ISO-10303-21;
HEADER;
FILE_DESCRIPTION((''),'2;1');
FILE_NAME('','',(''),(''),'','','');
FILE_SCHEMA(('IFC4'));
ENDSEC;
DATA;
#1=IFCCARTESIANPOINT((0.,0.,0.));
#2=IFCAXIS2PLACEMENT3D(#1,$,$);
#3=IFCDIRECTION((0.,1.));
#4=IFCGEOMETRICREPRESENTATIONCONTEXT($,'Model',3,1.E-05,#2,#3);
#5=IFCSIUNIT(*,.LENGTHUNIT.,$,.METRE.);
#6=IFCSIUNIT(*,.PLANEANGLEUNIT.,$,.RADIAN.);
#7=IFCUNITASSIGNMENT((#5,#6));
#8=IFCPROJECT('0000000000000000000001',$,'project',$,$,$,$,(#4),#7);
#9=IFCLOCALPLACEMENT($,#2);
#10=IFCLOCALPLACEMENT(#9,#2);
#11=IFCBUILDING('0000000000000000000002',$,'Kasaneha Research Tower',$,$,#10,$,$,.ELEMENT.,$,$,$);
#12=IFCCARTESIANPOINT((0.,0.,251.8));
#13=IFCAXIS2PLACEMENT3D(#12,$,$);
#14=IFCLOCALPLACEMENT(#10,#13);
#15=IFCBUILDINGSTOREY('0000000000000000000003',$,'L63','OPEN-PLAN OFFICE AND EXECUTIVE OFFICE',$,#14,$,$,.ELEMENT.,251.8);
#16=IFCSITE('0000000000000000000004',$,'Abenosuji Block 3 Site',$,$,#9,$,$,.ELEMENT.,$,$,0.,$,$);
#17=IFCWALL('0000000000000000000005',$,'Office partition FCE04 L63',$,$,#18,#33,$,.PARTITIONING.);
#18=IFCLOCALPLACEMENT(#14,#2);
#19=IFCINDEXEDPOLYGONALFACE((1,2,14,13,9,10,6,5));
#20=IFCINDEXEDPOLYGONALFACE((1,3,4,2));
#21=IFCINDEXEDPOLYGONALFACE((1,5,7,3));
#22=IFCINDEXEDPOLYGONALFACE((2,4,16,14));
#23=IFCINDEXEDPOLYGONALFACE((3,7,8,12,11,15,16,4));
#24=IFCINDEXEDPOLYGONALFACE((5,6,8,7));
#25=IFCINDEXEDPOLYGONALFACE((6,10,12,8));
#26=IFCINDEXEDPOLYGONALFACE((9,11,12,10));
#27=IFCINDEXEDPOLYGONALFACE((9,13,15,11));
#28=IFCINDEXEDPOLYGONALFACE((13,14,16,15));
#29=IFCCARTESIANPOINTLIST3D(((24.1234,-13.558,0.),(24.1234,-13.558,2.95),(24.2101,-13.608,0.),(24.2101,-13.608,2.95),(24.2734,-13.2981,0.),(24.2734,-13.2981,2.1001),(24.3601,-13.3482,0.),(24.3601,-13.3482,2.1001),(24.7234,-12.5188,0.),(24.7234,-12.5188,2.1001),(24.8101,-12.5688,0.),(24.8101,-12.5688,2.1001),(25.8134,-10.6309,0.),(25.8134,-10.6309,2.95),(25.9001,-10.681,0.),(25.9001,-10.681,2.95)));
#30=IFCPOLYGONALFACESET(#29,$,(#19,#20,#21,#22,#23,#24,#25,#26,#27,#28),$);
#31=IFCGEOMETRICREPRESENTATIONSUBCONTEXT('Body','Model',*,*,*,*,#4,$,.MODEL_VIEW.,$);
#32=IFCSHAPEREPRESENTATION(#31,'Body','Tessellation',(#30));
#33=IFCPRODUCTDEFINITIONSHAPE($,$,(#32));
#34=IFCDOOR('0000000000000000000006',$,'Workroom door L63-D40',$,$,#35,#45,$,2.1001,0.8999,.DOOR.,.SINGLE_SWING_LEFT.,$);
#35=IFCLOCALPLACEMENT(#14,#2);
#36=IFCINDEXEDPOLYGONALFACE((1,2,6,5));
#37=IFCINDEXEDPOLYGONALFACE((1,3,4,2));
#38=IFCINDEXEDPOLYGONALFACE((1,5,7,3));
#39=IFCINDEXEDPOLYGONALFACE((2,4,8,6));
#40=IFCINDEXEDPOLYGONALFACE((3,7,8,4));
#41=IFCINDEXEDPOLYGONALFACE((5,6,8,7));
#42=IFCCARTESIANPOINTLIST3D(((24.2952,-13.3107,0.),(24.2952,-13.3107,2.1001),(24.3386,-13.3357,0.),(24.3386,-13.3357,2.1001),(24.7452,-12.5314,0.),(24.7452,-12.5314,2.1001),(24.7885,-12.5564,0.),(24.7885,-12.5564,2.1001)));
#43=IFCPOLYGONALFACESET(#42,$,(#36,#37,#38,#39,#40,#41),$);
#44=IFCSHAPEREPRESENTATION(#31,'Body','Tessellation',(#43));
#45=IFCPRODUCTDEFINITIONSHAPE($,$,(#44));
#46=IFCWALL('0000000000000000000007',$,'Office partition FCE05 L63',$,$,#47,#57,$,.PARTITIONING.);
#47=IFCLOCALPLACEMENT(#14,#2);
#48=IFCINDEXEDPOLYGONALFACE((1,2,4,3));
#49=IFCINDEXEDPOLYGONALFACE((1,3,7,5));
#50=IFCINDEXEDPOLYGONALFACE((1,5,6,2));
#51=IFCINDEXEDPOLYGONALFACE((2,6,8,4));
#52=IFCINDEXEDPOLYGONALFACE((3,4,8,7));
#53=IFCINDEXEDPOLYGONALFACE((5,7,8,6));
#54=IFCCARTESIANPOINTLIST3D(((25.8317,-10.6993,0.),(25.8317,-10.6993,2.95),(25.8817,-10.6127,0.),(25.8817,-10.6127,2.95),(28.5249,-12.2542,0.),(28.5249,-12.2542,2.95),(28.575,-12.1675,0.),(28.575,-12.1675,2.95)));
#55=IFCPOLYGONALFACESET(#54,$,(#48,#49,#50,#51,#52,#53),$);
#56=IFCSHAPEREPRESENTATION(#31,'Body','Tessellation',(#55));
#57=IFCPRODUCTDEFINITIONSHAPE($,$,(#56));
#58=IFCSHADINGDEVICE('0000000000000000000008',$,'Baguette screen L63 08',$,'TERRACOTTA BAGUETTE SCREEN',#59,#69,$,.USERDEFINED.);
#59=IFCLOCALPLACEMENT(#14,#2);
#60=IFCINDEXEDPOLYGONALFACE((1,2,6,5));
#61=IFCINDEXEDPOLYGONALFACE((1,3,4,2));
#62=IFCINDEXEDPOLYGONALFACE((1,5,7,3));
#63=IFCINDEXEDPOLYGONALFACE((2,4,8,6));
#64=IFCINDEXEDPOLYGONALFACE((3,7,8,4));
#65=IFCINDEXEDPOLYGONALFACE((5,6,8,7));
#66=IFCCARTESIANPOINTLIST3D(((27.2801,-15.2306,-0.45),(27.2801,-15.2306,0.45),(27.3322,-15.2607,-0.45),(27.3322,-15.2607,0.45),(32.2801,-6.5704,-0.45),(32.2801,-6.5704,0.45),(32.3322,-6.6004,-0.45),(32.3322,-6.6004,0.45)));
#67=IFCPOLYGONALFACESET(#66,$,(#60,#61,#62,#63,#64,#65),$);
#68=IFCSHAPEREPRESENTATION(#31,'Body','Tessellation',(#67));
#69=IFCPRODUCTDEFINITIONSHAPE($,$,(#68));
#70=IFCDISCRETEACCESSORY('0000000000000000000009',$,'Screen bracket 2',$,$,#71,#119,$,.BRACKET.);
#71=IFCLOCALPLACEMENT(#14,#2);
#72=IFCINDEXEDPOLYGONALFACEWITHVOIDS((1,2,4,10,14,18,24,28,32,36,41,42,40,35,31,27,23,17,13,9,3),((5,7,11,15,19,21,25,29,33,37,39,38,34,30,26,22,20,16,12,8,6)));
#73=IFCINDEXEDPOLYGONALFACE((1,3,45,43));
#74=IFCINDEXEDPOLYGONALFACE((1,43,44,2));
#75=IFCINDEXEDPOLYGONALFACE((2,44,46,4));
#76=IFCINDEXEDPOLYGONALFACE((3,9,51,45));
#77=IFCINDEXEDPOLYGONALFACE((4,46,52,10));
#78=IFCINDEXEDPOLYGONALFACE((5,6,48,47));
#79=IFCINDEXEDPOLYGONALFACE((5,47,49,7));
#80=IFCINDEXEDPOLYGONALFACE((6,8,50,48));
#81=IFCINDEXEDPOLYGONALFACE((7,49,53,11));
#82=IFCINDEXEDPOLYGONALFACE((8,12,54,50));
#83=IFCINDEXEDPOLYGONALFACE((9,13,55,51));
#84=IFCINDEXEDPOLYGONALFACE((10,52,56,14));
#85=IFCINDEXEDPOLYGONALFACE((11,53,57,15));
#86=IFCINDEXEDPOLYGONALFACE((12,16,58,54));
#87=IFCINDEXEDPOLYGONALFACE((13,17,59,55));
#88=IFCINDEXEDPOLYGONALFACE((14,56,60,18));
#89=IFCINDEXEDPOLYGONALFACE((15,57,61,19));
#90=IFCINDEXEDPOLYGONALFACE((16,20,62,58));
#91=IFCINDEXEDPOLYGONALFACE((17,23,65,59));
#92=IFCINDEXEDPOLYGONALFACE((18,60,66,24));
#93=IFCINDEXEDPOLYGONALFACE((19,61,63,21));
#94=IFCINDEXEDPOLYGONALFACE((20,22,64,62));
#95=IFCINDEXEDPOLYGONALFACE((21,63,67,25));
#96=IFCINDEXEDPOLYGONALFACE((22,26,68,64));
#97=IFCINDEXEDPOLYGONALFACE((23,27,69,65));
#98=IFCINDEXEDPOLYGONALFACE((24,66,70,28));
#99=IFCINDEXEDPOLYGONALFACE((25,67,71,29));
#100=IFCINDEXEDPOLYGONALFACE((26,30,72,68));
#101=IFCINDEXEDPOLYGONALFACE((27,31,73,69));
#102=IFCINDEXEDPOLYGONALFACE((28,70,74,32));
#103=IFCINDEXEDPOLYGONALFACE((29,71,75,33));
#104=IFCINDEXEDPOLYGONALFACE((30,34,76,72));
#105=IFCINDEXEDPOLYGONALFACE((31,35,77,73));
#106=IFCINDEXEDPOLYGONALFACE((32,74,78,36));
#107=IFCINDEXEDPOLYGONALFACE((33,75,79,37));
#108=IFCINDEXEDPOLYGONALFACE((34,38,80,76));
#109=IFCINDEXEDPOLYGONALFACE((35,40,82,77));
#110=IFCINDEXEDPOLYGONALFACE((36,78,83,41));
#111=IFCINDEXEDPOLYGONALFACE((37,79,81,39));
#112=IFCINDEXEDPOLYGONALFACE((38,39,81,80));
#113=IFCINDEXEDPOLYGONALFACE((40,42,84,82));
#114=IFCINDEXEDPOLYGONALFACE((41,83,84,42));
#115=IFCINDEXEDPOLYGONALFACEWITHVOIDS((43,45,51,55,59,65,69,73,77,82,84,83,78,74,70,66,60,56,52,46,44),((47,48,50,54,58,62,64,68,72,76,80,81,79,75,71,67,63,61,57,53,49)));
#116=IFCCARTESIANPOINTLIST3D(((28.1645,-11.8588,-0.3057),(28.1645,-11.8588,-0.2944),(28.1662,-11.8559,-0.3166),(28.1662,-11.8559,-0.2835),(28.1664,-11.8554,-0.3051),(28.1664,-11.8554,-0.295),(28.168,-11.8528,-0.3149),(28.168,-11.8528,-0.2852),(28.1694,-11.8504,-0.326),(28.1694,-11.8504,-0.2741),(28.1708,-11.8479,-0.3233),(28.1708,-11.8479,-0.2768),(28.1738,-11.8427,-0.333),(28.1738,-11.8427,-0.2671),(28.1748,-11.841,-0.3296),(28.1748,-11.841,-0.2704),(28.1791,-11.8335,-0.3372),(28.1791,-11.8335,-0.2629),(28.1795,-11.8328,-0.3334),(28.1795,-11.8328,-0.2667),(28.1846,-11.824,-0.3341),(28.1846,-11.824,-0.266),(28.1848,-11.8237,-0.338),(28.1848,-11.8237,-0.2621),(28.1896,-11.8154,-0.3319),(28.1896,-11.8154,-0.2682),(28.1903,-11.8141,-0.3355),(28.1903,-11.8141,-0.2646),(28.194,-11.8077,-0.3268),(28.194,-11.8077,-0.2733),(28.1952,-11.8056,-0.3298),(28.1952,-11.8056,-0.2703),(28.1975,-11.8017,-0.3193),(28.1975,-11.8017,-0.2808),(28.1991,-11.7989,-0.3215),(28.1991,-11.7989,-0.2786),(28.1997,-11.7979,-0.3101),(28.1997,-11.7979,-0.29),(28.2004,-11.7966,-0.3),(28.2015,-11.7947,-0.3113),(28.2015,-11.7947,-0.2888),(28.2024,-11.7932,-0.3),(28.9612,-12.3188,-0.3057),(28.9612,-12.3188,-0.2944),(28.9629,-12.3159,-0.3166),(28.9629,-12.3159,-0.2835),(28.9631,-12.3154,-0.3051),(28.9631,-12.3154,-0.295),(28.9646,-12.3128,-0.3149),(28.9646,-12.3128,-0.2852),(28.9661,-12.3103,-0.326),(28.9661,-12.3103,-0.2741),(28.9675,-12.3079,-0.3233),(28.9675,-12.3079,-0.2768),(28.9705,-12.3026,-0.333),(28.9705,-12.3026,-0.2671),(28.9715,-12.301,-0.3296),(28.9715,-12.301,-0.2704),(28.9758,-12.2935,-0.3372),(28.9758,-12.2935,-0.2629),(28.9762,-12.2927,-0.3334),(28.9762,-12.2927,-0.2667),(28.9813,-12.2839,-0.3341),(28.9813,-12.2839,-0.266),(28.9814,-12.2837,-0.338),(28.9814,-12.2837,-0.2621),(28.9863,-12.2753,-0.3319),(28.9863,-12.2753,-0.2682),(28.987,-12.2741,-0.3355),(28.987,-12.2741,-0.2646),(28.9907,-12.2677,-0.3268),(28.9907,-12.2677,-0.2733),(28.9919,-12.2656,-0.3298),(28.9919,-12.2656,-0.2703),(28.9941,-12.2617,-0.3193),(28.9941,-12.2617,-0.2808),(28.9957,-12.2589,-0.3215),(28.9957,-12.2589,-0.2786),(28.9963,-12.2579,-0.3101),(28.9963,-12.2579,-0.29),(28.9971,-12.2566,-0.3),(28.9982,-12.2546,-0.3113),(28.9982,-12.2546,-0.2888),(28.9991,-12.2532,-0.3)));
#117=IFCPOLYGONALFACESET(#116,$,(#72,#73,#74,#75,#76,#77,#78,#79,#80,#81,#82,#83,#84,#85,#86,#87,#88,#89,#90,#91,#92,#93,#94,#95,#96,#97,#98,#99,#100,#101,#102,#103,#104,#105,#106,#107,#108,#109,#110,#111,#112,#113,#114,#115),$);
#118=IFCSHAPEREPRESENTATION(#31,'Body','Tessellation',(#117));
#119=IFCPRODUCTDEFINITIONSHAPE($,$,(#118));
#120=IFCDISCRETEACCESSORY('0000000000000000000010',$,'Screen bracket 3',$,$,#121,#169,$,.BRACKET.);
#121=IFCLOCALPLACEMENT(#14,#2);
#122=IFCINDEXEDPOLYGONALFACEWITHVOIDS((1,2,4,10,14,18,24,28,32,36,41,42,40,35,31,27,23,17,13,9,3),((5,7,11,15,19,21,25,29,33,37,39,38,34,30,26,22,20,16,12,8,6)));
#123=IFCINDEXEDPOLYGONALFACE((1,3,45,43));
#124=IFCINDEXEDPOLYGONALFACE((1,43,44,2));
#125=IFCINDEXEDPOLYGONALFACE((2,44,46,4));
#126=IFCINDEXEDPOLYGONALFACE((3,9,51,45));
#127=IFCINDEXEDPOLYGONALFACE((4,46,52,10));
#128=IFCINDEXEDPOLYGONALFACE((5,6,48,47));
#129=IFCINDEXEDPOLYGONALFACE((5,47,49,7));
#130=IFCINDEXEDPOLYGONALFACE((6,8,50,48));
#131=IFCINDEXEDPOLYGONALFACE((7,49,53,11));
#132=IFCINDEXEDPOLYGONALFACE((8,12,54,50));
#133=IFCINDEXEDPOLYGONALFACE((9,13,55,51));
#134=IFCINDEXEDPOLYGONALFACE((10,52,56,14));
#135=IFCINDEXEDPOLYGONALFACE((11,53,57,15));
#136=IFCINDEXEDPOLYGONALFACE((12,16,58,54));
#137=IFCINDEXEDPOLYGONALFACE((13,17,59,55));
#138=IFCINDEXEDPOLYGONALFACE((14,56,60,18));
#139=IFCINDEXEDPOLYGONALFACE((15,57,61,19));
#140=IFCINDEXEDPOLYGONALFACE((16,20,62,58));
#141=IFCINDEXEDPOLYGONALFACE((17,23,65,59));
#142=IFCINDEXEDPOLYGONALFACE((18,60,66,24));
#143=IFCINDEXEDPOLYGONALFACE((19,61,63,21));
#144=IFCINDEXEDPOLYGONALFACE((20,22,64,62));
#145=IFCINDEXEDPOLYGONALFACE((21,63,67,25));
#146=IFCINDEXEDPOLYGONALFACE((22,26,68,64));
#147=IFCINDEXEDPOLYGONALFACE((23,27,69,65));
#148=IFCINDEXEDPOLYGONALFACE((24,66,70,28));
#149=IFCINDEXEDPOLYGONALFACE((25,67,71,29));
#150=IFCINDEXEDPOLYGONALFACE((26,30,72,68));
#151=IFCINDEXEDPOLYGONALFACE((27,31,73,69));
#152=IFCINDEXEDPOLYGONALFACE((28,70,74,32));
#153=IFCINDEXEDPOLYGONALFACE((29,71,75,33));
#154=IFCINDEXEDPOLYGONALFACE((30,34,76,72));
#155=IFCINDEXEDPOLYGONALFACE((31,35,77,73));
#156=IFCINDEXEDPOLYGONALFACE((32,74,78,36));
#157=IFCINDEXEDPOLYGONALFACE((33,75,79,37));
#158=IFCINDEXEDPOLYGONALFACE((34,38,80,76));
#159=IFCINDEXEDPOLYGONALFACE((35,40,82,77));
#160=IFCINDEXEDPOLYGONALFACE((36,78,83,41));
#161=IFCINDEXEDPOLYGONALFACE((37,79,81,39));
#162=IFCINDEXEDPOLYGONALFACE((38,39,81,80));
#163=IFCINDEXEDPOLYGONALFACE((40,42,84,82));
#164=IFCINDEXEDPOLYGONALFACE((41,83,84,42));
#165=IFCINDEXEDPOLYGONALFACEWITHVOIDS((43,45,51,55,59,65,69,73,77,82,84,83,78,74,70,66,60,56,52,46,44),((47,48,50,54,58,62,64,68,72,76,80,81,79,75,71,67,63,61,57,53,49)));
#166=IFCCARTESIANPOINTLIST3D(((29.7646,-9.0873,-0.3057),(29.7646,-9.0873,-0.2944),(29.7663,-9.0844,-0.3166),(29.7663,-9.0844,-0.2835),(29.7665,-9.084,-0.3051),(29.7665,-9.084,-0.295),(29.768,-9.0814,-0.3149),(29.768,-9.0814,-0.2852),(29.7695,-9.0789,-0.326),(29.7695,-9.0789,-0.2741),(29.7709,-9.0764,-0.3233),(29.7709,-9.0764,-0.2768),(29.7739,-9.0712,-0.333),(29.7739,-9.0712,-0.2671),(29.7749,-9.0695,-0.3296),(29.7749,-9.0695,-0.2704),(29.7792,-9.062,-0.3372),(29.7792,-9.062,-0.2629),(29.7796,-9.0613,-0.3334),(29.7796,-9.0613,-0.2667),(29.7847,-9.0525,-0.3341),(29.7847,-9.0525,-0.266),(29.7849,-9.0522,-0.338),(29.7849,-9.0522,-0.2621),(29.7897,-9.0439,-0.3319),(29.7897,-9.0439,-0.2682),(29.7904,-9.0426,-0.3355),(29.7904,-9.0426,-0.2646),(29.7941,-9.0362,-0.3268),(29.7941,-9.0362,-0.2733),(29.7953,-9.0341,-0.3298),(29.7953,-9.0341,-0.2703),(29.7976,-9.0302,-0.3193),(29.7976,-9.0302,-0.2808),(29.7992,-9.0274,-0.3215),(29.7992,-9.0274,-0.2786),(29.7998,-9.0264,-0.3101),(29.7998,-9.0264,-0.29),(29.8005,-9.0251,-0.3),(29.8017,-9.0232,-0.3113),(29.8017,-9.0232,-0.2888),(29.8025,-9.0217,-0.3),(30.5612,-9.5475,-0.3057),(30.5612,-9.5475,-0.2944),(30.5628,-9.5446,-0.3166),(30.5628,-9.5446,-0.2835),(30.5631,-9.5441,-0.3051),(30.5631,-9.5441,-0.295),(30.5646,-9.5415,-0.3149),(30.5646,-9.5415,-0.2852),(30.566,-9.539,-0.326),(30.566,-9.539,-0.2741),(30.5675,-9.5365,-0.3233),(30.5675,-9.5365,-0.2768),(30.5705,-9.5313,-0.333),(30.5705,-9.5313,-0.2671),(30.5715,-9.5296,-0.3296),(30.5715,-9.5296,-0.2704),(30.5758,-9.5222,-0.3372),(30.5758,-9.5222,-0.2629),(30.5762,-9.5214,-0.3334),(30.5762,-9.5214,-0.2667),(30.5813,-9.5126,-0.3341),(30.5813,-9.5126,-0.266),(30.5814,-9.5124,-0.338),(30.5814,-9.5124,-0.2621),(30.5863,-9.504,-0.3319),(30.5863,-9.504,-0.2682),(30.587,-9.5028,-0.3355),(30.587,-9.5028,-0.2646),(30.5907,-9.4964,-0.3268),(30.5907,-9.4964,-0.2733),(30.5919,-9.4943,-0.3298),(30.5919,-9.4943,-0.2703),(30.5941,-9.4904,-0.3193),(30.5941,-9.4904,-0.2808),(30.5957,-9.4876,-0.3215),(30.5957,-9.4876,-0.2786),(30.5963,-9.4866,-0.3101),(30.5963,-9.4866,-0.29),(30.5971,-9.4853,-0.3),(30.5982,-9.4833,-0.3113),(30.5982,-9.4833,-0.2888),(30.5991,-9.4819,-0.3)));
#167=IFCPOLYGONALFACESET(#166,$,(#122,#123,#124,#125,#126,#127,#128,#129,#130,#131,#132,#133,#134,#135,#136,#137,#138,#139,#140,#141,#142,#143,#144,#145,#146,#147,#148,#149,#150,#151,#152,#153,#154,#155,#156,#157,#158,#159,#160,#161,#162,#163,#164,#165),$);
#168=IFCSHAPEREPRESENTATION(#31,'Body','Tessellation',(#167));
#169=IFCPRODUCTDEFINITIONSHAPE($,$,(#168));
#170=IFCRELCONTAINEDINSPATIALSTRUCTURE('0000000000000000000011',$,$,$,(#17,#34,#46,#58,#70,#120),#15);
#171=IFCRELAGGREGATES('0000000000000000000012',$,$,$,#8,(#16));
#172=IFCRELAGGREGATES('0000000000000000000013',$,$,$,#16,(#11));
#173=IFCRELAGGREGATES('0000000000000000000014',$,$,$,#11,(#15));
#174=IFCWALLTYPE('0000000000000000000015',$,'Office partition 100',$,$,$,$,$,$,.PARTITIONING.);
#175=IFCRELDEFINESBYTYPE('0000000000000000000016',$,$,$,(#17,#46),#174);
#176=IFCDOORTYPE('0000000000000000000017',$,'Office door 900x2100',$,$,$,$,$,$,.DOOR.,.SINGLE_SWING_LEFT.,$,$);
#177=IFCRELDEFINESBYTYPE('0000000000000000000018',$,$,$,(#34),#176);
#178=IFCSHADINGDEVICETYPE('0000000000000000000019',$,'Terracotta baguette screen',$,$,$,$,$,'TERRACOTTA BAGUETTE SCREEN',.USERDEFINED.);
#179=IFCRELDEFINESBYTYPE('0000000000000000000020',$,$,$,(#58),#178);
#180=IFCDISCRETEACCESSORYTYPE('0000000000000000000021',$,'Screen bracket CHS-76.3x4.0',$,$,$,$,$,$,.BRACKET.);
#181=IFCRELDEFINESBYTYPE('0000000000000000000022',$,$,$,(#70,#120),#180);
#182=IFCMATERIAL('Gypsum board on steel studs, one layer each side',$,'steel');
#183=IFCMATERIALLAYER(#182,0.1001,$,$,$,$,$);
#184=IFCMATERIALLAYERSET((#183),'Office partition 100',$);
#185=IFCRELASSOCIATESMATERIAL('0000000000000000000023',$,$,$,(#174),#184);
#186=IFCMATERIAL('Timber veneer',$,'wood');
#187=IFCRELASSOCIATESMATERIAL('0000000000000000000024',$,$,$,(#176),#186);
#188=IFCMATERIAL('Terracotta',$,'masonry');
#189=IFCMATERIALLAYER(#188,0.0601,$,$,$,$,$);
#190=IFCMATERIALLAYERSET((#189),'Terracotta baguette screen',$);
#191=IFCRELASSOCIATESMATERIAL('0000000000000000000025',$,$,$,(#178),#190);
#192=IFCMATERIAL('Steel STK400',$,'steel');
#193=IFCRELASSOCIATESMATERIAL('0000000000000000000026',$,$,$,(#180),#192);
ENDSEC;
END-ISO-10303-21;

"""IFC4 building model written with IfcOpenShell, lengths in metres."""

from ifc_helpers import new_model, si_unit, direction, frame, frame_2d, origin, origin_2d, place, context, subcontext, project, spatial, rectangle, hollow_circle, extrude, material, layer, layer_set, material_profile, profile_set, type_object, element, fill, save


model = new_model("IFC4")

# Units and contexts
model_context = context("Model", 3, precision=1e-05, world=origin(), true_north=direction((0.0, 1.0)))
body_context = subcontext(model_context, "Body", "Model", "MODEL_VIEW")
ifc_project = project(units=[si_unit("LENGTHUNIT", "METRE"), si_unit("PLANEANGLEUNIT", "RADIAN")], contexts=[model_context])

# Site, building, storey
site_placement = place(None, origin())
site = spatial("IfcSite", under=ifc_project, at=site_placement, Name="Abenosuji Block 3 Site", CompositionType="ELEMENT", RefElevation=0.0)
building_placement = place(site_placement, origin())
building = spatial("IfcBuilding", under=site, at=building_placement, Name="Kasaneha Research Tower", CompositionType="ELEMENT")
storey_placement = place(building_placement, frame((0.0, 0.0, 251.8)))
storey = spatial("IfcBuildingStorey", under=building, at=storey_placement, Name="L63", Description="OPEN-PLAN OFFICE AND EXECUTIVE OFFICE", CompositionType="ELEMENT", Elevation=251.8)

# Shared definitions
ifc_material_1 = material(Name="Gypsum board on steel studs, one layer each side", Category="steel")
ifc_layer_1 = layer(ifc_material_1, 0.1001)
ifc_layer_set_1 = layer_set([ifc_layer_1], Name="Office partition 100")
wall_type = type_object("IfcWallType", Name="Office partition 100", PredefinedType="PARTITIONING", material=ifc_layer_set_1)

# Shared definitions
ifc_material_2 = material(Name="Timber veneer", Category="wood")
door_type = type_object("IfcDoorType", Name="Office door 900x2100", OperationType="SINGLE_SWING_LEFT", PredefinedType="DOOR", material=ifc_material_2)

# Wall, opening, door
wall_1_placement = place(storey_placement, frame((24.1667, -13.583, 0.0), z_axis=(0.0, 0.0, 1.0), x_axis=(0.500008, 0.866021, 0.0)))
wall_1 = element("IfcWall", 1, at=wall_1_placement, inside=storey, type_object=wall_type, Name="Office partition FCE04 L63", PredefinedType="PARTITIONING", context=body_context, shape_type="SweptSolid", body=[
    extrude(rectangle(XDim=3.3799, YDim=0.1001, at=frame_2d((1.6899, 0.0))), origin(), (0.0, 0.0, 1.0), 2.95),
])
opening_1_placement = place(wall_1_placement, frame((0.3, 0.0, 0.0)))
opening_1 = element("IfcOpeningElement", 2, at=opening_1_placement, cuts=wall_1, PredefinedType="OPENING", context=body_context, shape_type="SweptSolid", body=[
    extrude(rectangle(XDim=0.8999, YDim=2.1001, at=frame_2d((0.45, 1.05))), frame((0.0, 0.0601, 0.0), z_axis=(0.0, -1.0, 0.0), x_axis=(1.0, 0.0, 0.0)), (0.0, 0.0, 1.0), 0.1201),
])
door_1_placement = place(opening_1_placement, origin())
door_1 = element("IfcDoor", 3, at=door_1_placement, inside=storey, type_object=door_type, Name="Workroom door L63-D40", OperationType="SINGLE_SWING_LEFT", OverallHeight=2.1001, OverallWidth=0.8999, PredefinedType="DOOR", context=body_context, shape_type="SweptSolid", body=[
    extrude(rectangle(XDim=0.8999, YDim=2.1001, at=frame_2d((0.45, 1.05))), frame((0.0, 0.0249, 0.0), z_axis=(0.0, -1.0, 0.0), x_axis=(1.0, 0.0, 0.0)), (0.0, 0.0, 1.0), 0.05),
])
fill(opening_1, door_1)

# Wall
wall_2_placement = place(storey_placement, frame((25.8567, -10.656, 0.0), z_axis=(0.0, 0.0, 1.0), x_axis=(0.866037, -0.499981, 0.0)))
element("IfcWall", 4, at=wall_2_placement, inside=storey, type_object=wall_type, Name="Office partition FCE05 L63", PredefinedType="PARTITIONING", context=body_context, shape_type="SweptSolid", body=[
    extrude(rectangle(XDim=3.1099, YDim=0.1001, at=frame_2d((1.5549, 0.0))), origin(), (0.0, 0.0, 1.0), 2.95),
])

# Shading device
ifc_material_3 = material(Name="Terracotta", Category="masonry")
ifc_layer_2 = layer(ifc_material_3, 0.0601)
ifc_layer_set_2 = layer_set([ifc_layer_2], Name="Terracotta baguette screen")
shading_device_type = type_object("IfcShadingDeviceType", Name="Terracotta baguette screen", ElementType="TERRACOTTA BAGUETTE SCREEN", PredefinedType="USERDEFINED", material=ifc_layer_set_2)
shading_device_placement = place(storey_placement, frame((29.8062, -10.9155, -0.45), z_axis=(0.0, 0.0, 1.0), x_axis=(0.5, 0.866025, 0.0)))
element("IfcShadingDevice", 5, at=shading_device_placement, inside=storey, type_object=shading_device_type, Name="Baguette screen L63 08", ObjectType="TERRACOTTA BAGUETTE SCREEN", PredefinedType="USERDEFINED", context=body_context, shape_type="SweptSolid", body=[
    extrude(rectangle(XDim=10.0, YDim=0.0601, at=origin_2d()), origin(), (0.0, 0.0, 1.0), 0.8999),
])

# Discrete accessories
ifc_material_4 = material(Name="Steel STK400", Category="steel")
ifc_material_profile_1 = material_profile(ifc_material_4, hollow_circle(Radius=0.0381, WallThickness=0.0039, at=origin_2d()), Name="CHS-76.3x4.0")
ifc_profile_set_1 = profile_set([ifc_material_profile_1], Name="Steel STK400")
discrete_accessory_type = type_object("IfcDiscreteAccessoryType", Name="Screen bracket CHS-76.3x4.0", PredefinedType="BRACKET", material=ifc_profile_set_1)
for number, where, z_axis, x_axis, name in (
    (6, (28.1833, -11.8262, -0.3), (0.866013, -0.500021, 0.0), (0.500021, 0.866013, 0.0), "Screen bracket 2"),
    (7, (29.7834, -9.0547, -0.3), (0.865898, -0.50022, 0.0), (0.50022, 0.865898, 0.0), "Screen bracket 3"),
):
    element("IfcDiscreteAccessory", number, at=place(storey_placement, frame(where, z_axis=z_axis, x_axis=x_axis)), inside=storey, type_object=discrete_accessory_type, Name=name, PredefinedType="BRACKET", context=body_context, shape_type="SweptSolid", body=[
        extrude(hollow_circle(Radius=0.0381, WallThickness=0.0039, at=origin_2d()), origin(), (0.0, 0.0, 1.0), 0.9199),
    ])

save(model, "model.ifc")
